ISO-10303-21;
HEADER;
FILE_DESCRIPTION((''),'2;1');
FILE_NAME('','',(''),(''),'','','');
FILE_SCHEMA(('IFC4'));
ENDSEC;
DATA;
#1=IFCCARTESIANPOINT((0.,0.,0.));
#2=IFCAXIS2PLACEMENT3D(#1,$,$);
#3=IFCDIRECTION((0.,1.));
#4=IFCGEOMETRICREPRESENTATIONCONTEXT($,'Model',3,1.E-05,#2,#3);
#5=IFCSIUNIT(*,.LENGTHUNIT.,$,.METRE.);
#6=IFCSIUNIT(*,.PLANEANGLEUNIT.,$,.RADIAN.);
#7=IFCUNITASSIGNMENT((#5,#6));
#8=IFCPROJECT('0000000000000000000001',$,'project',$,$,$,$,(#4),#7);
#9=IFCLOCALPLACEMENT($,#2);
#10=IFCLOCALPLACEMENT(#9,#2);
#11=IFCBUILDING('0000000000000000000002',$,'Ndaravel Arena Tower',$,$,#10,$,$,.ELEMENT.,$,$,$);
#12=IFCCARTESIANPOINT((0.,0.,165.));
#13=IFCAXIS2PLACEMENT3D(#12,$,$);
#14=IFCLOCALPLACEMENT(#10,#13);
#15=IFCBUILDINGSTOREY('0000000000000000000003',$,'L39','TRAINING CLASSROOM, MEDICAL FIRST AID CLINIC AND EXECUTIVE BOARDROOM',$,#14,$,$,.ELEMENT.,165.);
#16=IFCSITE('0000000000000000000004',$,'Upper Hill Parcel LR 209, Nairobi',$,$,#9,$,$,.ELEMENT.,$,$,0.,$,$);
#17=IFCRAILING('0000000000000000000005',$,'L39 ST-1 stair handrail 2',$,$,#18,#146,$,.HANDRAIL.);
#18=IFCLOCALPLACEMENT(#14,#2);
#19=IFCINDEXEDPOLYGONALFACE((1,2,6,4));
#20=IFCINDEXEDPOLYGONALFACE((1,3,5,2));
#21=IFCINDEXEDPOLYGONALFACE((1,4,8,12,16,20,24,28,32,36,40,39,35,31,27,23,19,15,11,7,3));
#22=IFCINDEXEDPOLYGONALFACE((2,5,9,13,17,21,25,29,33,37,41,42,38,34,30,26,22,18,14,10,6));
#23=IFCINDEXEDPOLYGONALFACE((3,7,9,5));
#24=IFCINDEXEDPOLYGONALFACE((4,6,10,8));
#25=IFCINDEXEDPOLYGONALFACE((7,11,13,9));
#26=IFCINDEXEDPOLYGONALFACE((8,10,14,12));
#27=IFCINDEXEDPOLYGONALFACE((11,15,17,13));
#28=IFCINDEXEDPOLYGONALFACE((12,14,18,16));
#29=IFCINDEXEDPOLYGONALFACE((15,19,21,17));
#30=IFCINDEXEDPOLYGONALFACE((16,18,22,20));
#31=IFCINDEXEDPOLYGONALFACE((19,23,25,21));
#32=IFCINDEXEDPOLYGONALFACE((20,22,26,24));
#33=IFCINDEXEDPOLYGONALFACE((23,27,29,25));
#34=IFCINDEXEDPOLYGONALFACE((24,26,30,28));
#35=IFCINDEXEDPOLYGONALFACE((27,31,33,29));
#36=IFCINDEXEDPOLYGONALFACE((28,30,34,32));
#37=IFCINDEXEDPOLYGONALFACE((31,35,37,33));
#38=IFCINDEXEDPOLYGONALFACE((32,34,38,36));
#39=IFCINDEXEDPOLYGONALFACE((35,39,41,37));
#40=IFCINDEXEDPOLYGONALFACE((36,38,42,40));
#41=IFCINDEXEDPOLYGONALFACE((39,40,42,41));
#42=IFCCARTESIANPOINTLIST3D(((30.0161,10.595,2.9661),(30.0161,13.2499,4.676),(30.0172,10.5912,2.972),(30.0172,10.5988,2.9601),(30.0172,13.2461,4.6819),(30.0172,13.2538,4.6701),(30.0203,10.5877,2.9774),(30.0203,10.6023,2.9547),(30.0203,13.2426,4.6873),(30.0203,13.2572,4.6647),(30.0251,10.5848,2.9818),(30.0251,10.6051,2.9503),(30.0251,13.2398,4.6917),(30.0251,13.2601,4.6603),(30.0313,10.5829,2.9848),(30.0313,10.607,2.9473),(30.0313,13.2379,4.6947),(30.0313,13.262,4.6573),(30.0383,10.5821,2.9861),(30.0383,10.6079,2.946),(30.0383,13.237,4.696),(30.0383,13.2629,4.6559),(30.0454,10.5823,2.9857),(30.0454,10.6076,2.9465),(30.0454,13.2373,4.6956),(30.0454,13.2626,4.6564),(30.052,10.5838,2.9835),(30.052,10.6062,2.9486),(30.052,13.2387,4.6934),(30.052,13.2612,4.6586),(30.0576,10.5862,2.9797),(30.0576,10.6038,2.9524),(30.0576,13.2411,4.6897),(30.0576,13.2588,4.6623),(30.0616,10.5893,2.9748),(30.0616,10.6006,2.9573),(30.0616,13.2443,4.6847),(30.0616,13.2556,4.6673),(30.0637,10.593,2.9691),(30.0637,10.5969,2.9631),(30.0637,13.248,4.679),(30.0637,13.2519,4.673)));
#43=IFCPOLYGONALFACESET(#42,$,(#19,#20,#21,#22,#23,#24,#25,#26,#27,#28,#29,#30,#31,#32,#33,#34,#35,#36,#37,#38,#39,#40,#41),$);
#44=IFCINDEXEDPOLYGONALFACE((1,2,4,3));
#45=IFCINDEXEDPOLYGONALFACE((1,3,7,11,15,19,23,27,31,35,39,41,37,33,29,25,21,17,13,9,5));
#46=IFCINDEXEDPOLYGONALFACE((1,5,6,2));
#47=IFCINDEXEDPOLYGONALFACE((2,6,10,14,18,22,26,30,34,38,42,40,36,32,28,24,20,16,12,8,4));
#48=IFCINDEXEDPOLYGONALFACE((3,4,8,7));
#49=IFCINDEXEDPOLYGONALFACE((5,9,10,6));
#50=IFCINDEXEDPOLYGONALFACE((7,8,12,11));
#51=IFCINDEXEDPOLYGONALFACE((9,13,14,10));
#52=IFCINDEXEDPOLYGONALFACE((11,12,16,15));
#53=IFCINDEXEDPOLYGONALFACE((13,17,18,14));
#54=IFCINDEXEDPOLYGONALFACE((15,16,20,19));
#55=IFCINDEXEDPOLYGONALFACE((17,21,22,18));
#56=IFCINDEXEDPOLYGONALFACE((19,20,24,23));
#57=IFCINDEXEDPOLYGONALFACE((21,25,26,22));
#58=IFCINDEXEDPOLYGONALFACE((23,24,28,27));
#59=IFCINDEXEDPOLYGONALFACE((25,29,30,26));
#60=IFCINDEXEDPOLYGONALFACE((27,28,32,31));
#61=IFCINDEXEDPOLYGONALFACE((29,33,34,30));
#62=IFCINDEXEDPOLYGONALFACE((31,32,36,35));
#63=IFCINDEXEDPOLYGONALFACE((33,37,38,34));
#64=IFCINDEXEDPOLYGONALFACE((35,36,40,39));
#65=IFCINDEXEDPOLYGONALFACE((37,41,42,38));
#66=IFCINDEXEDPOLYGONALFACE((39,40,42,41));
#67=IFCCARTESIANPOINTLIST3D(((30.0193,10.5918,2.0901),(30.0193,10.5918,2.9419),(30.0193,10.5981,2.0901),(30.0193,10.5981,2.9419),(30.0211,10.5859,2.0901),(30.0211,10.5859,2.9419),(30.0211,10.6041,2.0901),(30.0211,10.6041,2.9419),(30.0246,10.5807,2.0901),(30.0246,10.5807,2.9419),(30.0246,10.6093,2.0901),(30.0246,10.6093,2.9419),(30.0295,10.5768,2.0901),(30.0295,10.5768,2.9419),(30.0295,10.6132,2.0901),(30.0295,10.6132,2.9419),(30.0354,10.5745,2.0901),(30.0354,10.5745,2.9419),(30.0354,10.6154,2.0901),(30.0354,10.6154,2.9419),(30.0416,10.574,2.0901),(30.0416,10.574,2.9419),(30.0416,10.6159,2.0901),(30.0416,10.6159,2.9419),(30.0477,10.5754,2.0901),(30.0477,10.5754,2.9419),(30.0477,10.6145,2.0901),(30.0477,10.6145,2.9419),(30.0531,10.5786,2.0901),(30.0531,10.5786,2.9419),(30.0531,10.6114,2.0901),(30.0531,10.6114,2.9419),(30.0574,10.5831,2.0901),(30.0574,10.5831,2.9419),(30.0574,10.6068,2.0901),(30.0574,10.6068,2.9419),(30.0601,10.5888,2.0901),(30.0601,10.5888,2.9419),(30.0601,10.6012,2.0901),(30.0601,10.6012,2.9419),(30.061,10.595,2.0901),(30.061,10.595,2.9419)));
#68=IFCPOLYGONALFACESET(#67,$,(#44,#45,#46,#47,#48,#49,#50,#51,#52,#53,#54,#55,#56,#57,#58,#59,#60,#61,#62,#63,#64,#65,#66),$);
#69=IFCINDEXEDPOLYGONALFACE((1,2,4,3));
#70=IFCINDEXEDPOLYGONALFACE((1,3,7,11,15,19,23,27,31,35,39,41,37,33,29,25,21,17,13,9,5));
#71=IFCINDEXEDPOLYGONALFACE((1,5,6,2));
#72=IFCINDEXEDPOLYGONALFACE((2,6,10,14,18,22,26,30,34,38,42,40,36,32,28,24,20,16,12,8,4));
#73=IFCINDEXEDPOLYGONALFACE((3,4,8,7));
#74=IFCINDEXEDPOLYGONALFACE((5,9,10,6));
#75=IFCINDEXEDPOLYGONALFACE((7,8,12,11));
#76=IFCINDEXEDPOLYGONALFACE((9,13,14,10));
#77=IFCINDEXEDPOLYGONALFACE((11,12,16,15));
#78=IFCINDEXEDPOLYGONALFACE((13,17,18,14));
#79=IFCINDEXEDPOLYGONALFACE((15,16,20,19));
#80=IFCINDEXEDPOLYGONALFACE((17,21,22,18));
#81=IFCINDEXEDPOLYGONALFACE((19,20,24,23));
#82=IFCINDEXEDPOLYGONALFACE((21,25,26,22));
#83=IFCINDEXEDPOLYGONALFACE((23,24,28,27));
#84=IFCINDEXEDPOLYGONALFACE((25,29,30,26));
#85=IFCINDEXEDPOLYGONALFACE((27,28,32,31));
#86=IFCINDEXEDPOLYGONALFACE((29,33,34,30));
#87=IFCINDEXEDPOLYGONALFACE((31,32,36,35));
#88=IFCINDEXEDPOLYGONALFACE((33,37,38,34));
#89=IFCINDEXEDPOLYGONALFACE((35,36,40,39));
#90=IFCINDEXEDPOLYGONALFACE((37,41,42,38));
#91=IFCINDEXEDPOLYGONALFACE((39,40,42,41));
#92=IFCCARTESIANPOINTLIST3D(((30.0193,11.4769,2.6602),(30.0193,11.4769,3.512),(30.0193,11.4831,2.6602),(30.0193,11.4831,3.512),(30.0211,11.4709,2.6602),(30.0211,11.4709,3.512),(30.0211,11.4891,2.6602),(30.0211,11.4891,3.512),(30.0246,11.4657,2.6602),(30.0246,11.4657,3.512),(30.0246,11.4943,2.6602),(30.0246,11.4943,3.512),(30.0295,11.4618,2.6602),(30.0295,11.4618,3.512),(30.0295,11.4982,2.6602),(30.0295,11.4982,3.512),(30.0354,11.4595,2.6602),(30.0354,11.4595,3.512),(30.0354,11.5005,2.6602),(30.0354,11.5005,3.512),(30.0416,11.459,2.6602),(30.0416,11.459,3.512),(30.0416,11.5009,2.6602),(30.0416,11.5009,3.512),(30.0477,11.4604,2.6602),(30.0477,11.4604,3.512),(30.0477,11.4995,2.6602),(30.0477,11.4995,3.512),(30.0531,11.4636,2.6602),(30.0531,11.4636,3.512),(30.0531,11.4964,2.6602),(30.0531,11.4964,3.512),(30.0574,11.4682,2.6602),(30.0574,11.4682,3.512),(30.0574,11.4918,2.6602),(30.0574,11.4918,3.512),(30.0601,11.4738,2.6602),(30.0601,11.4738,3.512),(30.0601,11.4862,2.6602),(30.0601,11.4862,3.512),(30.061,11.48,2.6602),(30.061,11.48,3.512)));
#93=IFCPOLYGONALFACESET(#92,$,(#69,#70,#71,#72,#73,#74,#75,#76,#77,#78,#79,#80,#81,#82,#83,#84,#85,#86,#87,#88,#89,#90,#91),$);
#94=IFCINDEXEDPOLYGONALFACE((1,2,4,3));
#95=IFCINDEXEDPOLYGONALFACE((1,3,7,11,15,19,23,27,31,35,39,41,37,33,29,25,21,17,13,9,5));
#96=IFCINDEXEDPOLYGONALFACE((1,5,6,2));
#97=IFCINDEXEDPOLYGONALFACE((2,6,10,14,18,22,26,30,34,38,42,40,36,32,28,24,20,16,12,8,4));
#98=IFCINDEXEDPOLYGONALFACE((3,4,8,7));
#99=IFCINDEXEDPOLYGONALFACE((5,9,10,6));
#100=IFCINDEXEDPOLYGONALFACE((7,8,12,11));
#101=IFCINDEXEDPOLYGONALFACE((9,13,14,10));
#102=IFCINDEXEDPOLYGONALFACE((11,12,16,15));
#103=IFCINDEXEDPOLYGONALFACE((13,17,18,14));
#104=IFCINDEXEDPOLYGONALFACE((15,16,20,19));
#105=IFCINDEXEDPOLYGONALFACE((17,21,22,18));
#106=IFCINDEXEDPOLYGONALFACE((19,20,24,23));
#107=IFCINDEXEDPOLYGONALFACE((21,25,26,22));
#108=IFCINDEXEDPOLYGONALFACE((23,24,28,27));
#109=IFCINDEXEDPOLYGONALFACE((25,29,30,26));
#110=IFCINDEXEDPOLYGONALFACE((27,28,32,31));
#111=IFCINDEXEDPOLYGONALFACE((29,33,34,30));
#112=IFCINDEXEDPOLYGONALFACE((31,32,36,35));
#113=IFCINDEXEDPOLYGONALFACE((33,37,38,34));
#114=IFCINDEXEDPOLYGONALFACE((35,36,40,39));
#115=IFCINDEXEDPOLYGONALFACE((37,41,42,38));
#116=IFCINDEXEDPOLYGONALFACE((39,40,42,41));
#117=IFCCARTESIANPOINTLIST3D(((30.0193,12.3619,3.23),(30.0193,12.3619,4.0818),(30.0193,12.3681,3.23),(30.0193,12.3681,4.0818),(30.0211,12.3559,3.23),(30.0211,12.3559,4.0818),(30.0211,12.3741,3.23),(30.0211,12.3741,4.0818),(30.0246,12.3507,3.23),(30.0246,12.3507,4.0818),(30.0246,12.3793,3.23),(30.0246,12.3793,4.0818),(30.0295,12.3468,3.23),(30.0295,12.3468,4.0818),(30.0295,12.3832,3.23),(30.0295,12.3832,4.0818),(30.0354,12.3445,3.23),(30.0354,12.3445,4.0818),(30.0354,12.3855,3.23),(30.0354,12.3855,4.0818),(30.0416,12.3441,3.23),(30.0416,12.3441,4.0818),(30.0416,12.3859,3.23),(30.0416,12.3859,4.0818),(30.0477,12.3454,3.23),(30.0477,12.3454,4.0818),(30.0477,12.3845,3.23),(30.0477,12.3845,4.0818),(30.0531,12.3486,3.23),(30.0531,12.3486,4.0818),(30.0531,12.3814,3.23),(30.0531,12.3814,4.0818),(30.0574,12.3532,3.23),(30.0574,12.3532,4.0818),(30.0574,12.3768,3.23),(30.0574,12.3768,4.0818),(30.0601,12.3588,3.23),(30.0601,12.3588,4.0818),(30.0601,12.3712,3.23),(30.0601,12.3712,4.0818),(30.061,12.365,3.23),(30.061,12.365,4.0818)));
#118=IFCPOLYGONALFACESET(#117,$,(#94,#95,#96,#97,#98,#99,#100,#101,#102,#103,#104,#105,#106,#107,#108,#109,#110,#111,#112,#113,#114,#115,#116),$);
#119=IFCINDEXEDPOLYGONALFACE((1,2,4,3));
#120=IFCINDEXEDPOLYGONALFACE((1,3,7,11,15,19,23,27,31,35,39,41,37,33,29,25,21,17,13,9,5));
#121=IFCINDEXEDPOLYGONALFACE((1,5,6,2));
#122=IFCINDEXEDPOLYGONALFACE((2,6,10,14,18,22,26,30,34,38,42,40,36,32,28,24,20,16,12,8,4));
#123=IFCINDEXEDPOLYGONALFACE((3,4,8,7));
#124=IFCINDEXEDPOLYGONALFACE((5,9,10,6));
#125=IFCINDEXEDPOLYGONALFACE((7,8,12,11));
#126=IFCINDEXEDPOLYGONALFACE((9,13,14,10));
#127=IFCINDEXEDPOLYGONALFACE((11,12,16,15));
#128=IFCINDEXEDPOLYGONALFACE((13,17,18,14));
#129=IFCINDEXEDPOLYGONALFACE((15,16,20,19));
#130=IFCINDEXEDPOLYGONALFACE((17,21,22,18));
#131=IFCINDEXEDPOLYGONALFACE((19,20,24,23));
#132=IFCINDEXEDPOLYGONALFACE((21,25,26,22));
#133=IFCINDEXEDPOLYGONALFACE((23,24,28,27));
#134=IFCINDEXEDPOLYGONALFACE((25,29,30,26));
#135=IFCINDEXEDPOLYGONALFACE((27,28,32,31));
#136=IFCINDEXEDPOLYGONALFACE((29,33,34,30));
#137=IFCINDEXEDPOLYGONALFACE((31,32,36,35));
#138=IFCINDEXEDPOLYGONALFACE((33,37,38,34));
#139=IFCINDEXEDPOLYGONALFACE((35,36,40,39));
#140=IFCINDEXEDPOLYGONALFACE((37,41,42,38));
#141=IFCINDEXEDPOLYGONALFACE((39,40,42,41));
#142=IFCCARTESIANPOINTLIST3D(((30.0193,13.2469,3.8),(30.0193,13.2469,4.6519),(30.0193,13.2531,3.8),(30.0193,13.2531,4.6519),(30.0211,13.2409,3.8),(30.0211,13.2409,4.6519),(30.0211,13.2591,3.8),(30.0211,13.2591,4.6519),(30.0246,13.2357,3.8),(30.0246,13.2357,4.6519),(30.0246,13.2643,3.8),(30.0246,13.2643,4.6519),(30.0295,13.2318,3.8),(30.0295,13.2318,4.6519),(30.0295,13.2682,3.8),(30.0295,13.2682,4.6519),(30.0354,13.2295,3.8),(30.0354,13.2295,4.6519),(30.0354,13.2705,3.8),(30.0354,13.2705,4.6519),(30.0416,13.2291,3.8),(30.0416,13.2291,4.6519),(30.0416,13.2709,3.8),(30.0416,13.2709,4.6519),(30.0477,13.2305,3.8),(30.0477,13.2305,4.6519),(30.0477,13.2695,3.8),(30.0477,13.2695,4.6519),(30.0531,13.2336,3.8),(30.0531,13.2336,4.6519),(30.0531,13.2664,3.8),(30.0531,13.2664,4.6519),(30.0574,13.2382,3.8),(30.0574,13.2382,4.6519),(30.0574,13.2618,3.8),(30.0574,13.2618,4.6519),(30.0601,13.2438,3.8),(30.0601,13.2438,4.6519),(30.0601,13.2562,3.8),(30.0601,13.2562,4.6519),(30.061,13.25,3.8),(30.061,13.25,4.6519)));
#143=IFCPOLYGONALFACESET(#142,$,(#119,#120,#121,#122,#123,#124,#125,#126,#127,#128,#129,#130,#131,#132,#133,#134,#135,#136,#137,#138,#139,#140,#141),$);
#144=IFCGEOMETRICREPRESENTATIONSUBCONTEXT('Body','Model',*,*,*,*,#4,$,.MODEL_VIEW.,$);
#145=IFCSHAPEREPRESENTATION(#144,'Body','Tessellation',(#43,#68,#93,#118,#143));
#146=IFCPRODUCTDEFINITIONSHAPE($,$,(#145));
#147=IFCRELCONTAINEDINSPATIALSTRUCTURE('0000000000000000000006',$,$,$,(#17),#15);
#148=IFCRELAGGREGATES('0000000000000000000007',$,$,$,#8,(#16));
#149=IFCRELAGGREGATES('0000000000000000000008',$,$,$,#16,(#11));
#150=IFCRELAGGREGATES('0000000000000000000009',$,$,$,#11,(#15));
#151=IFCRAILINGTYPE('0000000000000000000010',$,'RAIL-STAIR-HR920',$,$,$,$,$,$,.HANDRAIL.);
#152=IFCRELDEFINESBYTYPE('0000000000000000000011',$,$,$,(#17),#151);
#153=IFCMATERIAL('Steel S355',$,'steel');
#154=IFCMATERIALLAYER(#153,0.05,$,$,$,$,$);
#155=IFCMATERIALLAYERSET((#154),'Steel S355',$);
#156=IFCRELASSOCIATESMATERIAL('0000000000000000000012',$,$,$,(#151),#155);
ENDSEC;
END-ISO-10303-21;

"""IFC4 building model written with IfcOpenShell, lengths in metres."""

from ifc_helpers import new_model, si_unit, direction, frame, origin, origin_2d, place, context, subcontext, project, spatial, circle, extrude, material, layer, layer_set, type_object, element, save


model = new_model("IFC4")

# Units and contexts
model_context = context("Model", 3, precision=1e-05, world=origin(), true_north=direction((0.0, 1.0)))
body_context = subcontext(model_context, "Body", "Model", "MODEL_VIEW")
ifc_project = project(units=[si_unit("LENGTHUNIT", "METRE"), si_unit("PLANEANGLEUNIT", "RADIAN")], contexts=[model_context])

# Site, building, storey
site_placement = place(None, origin())
site = spatial("IfcSite", under=ifc_project, at=site_placement, Name="Upper Hill Parcel LR 209, Nairobi", CompositionType="ELEMENT", RefElevation=0.0)
building_placement = place(site_placement, origin())
building = spatial("IfcBuilding", under=site, at=building_placement, Name="Ndaravel Arena Tower", CompositionType="ELEMENT")
storey_placement = place(building_placement, frame((0.0, 0.0, 165.0)))
storey = spatial("IfcBuildingStorey", under=building, at=storey_placement, Name="L39", Description="TRAINING CLASSROOM, MEDICAL FIRST AID CLINIC AND EXECUTIVE BOARDROOM", CompositionType="ELEMENT", Elevation=165.0)

# Railing
ifc_material_1 = material(Name="Steel S355", Category="steel")
ifc_layer_1 = layer(ifc_material_1, 0.05)
ifc_layer_set_1 = layer_set([ifc_layer_1], Name="Steel S355")
railing_type_1 = type_object("IfcRailingType", Name="RAIL-STAIR-HR920", PredefinedType="HANDRAIL", material=ifc_layer_set_1)
railing_1_placement = place(storey_placement, frame((30.04, 10.595, 2.0901)))
element("IfcRailing", 1, at=railing_1_placement, inside=storey, type_object=railing_type_1, Name="L39 ST-1 stair handrail 2", PredefinedType="HANDRAIL", context=body_context, shape_type="SweptSolid", body=[
    extrude(circle(Radius=0.0239, at=origin_2d()), frame((0.0, 0.0, 0.876), z_axis=(0.0, 0.840724, 0.541465), x_axis=(-1.0, 0.0, 0.0)), (0.0, 0.0, 1.0), 3.158),
    extrude(circle(Radius=0.021, at=origin_2d()), origin(), (0.0, 0.0, 1.0), 0.8518),
    extrude(circle(Radius=0.021, at=origin_2d()), frame((0.0, 0.885, 0.5701)), (0.0, 0.0, 1.0), 0.8518),
    extrude(circle(Radius=0.021, at=origin_2d()), frame((0.0, 1.77, 1.1399)), (0.0, 0.0, 1.0), 0.8518),
    extrude(circle(Radius=0.021, at=origin_2d()), frame((0.0, 2.655, 1.71)), (0.0, 0.0, 1.0), 0.8518),
])

save(model, "model.ifc")
